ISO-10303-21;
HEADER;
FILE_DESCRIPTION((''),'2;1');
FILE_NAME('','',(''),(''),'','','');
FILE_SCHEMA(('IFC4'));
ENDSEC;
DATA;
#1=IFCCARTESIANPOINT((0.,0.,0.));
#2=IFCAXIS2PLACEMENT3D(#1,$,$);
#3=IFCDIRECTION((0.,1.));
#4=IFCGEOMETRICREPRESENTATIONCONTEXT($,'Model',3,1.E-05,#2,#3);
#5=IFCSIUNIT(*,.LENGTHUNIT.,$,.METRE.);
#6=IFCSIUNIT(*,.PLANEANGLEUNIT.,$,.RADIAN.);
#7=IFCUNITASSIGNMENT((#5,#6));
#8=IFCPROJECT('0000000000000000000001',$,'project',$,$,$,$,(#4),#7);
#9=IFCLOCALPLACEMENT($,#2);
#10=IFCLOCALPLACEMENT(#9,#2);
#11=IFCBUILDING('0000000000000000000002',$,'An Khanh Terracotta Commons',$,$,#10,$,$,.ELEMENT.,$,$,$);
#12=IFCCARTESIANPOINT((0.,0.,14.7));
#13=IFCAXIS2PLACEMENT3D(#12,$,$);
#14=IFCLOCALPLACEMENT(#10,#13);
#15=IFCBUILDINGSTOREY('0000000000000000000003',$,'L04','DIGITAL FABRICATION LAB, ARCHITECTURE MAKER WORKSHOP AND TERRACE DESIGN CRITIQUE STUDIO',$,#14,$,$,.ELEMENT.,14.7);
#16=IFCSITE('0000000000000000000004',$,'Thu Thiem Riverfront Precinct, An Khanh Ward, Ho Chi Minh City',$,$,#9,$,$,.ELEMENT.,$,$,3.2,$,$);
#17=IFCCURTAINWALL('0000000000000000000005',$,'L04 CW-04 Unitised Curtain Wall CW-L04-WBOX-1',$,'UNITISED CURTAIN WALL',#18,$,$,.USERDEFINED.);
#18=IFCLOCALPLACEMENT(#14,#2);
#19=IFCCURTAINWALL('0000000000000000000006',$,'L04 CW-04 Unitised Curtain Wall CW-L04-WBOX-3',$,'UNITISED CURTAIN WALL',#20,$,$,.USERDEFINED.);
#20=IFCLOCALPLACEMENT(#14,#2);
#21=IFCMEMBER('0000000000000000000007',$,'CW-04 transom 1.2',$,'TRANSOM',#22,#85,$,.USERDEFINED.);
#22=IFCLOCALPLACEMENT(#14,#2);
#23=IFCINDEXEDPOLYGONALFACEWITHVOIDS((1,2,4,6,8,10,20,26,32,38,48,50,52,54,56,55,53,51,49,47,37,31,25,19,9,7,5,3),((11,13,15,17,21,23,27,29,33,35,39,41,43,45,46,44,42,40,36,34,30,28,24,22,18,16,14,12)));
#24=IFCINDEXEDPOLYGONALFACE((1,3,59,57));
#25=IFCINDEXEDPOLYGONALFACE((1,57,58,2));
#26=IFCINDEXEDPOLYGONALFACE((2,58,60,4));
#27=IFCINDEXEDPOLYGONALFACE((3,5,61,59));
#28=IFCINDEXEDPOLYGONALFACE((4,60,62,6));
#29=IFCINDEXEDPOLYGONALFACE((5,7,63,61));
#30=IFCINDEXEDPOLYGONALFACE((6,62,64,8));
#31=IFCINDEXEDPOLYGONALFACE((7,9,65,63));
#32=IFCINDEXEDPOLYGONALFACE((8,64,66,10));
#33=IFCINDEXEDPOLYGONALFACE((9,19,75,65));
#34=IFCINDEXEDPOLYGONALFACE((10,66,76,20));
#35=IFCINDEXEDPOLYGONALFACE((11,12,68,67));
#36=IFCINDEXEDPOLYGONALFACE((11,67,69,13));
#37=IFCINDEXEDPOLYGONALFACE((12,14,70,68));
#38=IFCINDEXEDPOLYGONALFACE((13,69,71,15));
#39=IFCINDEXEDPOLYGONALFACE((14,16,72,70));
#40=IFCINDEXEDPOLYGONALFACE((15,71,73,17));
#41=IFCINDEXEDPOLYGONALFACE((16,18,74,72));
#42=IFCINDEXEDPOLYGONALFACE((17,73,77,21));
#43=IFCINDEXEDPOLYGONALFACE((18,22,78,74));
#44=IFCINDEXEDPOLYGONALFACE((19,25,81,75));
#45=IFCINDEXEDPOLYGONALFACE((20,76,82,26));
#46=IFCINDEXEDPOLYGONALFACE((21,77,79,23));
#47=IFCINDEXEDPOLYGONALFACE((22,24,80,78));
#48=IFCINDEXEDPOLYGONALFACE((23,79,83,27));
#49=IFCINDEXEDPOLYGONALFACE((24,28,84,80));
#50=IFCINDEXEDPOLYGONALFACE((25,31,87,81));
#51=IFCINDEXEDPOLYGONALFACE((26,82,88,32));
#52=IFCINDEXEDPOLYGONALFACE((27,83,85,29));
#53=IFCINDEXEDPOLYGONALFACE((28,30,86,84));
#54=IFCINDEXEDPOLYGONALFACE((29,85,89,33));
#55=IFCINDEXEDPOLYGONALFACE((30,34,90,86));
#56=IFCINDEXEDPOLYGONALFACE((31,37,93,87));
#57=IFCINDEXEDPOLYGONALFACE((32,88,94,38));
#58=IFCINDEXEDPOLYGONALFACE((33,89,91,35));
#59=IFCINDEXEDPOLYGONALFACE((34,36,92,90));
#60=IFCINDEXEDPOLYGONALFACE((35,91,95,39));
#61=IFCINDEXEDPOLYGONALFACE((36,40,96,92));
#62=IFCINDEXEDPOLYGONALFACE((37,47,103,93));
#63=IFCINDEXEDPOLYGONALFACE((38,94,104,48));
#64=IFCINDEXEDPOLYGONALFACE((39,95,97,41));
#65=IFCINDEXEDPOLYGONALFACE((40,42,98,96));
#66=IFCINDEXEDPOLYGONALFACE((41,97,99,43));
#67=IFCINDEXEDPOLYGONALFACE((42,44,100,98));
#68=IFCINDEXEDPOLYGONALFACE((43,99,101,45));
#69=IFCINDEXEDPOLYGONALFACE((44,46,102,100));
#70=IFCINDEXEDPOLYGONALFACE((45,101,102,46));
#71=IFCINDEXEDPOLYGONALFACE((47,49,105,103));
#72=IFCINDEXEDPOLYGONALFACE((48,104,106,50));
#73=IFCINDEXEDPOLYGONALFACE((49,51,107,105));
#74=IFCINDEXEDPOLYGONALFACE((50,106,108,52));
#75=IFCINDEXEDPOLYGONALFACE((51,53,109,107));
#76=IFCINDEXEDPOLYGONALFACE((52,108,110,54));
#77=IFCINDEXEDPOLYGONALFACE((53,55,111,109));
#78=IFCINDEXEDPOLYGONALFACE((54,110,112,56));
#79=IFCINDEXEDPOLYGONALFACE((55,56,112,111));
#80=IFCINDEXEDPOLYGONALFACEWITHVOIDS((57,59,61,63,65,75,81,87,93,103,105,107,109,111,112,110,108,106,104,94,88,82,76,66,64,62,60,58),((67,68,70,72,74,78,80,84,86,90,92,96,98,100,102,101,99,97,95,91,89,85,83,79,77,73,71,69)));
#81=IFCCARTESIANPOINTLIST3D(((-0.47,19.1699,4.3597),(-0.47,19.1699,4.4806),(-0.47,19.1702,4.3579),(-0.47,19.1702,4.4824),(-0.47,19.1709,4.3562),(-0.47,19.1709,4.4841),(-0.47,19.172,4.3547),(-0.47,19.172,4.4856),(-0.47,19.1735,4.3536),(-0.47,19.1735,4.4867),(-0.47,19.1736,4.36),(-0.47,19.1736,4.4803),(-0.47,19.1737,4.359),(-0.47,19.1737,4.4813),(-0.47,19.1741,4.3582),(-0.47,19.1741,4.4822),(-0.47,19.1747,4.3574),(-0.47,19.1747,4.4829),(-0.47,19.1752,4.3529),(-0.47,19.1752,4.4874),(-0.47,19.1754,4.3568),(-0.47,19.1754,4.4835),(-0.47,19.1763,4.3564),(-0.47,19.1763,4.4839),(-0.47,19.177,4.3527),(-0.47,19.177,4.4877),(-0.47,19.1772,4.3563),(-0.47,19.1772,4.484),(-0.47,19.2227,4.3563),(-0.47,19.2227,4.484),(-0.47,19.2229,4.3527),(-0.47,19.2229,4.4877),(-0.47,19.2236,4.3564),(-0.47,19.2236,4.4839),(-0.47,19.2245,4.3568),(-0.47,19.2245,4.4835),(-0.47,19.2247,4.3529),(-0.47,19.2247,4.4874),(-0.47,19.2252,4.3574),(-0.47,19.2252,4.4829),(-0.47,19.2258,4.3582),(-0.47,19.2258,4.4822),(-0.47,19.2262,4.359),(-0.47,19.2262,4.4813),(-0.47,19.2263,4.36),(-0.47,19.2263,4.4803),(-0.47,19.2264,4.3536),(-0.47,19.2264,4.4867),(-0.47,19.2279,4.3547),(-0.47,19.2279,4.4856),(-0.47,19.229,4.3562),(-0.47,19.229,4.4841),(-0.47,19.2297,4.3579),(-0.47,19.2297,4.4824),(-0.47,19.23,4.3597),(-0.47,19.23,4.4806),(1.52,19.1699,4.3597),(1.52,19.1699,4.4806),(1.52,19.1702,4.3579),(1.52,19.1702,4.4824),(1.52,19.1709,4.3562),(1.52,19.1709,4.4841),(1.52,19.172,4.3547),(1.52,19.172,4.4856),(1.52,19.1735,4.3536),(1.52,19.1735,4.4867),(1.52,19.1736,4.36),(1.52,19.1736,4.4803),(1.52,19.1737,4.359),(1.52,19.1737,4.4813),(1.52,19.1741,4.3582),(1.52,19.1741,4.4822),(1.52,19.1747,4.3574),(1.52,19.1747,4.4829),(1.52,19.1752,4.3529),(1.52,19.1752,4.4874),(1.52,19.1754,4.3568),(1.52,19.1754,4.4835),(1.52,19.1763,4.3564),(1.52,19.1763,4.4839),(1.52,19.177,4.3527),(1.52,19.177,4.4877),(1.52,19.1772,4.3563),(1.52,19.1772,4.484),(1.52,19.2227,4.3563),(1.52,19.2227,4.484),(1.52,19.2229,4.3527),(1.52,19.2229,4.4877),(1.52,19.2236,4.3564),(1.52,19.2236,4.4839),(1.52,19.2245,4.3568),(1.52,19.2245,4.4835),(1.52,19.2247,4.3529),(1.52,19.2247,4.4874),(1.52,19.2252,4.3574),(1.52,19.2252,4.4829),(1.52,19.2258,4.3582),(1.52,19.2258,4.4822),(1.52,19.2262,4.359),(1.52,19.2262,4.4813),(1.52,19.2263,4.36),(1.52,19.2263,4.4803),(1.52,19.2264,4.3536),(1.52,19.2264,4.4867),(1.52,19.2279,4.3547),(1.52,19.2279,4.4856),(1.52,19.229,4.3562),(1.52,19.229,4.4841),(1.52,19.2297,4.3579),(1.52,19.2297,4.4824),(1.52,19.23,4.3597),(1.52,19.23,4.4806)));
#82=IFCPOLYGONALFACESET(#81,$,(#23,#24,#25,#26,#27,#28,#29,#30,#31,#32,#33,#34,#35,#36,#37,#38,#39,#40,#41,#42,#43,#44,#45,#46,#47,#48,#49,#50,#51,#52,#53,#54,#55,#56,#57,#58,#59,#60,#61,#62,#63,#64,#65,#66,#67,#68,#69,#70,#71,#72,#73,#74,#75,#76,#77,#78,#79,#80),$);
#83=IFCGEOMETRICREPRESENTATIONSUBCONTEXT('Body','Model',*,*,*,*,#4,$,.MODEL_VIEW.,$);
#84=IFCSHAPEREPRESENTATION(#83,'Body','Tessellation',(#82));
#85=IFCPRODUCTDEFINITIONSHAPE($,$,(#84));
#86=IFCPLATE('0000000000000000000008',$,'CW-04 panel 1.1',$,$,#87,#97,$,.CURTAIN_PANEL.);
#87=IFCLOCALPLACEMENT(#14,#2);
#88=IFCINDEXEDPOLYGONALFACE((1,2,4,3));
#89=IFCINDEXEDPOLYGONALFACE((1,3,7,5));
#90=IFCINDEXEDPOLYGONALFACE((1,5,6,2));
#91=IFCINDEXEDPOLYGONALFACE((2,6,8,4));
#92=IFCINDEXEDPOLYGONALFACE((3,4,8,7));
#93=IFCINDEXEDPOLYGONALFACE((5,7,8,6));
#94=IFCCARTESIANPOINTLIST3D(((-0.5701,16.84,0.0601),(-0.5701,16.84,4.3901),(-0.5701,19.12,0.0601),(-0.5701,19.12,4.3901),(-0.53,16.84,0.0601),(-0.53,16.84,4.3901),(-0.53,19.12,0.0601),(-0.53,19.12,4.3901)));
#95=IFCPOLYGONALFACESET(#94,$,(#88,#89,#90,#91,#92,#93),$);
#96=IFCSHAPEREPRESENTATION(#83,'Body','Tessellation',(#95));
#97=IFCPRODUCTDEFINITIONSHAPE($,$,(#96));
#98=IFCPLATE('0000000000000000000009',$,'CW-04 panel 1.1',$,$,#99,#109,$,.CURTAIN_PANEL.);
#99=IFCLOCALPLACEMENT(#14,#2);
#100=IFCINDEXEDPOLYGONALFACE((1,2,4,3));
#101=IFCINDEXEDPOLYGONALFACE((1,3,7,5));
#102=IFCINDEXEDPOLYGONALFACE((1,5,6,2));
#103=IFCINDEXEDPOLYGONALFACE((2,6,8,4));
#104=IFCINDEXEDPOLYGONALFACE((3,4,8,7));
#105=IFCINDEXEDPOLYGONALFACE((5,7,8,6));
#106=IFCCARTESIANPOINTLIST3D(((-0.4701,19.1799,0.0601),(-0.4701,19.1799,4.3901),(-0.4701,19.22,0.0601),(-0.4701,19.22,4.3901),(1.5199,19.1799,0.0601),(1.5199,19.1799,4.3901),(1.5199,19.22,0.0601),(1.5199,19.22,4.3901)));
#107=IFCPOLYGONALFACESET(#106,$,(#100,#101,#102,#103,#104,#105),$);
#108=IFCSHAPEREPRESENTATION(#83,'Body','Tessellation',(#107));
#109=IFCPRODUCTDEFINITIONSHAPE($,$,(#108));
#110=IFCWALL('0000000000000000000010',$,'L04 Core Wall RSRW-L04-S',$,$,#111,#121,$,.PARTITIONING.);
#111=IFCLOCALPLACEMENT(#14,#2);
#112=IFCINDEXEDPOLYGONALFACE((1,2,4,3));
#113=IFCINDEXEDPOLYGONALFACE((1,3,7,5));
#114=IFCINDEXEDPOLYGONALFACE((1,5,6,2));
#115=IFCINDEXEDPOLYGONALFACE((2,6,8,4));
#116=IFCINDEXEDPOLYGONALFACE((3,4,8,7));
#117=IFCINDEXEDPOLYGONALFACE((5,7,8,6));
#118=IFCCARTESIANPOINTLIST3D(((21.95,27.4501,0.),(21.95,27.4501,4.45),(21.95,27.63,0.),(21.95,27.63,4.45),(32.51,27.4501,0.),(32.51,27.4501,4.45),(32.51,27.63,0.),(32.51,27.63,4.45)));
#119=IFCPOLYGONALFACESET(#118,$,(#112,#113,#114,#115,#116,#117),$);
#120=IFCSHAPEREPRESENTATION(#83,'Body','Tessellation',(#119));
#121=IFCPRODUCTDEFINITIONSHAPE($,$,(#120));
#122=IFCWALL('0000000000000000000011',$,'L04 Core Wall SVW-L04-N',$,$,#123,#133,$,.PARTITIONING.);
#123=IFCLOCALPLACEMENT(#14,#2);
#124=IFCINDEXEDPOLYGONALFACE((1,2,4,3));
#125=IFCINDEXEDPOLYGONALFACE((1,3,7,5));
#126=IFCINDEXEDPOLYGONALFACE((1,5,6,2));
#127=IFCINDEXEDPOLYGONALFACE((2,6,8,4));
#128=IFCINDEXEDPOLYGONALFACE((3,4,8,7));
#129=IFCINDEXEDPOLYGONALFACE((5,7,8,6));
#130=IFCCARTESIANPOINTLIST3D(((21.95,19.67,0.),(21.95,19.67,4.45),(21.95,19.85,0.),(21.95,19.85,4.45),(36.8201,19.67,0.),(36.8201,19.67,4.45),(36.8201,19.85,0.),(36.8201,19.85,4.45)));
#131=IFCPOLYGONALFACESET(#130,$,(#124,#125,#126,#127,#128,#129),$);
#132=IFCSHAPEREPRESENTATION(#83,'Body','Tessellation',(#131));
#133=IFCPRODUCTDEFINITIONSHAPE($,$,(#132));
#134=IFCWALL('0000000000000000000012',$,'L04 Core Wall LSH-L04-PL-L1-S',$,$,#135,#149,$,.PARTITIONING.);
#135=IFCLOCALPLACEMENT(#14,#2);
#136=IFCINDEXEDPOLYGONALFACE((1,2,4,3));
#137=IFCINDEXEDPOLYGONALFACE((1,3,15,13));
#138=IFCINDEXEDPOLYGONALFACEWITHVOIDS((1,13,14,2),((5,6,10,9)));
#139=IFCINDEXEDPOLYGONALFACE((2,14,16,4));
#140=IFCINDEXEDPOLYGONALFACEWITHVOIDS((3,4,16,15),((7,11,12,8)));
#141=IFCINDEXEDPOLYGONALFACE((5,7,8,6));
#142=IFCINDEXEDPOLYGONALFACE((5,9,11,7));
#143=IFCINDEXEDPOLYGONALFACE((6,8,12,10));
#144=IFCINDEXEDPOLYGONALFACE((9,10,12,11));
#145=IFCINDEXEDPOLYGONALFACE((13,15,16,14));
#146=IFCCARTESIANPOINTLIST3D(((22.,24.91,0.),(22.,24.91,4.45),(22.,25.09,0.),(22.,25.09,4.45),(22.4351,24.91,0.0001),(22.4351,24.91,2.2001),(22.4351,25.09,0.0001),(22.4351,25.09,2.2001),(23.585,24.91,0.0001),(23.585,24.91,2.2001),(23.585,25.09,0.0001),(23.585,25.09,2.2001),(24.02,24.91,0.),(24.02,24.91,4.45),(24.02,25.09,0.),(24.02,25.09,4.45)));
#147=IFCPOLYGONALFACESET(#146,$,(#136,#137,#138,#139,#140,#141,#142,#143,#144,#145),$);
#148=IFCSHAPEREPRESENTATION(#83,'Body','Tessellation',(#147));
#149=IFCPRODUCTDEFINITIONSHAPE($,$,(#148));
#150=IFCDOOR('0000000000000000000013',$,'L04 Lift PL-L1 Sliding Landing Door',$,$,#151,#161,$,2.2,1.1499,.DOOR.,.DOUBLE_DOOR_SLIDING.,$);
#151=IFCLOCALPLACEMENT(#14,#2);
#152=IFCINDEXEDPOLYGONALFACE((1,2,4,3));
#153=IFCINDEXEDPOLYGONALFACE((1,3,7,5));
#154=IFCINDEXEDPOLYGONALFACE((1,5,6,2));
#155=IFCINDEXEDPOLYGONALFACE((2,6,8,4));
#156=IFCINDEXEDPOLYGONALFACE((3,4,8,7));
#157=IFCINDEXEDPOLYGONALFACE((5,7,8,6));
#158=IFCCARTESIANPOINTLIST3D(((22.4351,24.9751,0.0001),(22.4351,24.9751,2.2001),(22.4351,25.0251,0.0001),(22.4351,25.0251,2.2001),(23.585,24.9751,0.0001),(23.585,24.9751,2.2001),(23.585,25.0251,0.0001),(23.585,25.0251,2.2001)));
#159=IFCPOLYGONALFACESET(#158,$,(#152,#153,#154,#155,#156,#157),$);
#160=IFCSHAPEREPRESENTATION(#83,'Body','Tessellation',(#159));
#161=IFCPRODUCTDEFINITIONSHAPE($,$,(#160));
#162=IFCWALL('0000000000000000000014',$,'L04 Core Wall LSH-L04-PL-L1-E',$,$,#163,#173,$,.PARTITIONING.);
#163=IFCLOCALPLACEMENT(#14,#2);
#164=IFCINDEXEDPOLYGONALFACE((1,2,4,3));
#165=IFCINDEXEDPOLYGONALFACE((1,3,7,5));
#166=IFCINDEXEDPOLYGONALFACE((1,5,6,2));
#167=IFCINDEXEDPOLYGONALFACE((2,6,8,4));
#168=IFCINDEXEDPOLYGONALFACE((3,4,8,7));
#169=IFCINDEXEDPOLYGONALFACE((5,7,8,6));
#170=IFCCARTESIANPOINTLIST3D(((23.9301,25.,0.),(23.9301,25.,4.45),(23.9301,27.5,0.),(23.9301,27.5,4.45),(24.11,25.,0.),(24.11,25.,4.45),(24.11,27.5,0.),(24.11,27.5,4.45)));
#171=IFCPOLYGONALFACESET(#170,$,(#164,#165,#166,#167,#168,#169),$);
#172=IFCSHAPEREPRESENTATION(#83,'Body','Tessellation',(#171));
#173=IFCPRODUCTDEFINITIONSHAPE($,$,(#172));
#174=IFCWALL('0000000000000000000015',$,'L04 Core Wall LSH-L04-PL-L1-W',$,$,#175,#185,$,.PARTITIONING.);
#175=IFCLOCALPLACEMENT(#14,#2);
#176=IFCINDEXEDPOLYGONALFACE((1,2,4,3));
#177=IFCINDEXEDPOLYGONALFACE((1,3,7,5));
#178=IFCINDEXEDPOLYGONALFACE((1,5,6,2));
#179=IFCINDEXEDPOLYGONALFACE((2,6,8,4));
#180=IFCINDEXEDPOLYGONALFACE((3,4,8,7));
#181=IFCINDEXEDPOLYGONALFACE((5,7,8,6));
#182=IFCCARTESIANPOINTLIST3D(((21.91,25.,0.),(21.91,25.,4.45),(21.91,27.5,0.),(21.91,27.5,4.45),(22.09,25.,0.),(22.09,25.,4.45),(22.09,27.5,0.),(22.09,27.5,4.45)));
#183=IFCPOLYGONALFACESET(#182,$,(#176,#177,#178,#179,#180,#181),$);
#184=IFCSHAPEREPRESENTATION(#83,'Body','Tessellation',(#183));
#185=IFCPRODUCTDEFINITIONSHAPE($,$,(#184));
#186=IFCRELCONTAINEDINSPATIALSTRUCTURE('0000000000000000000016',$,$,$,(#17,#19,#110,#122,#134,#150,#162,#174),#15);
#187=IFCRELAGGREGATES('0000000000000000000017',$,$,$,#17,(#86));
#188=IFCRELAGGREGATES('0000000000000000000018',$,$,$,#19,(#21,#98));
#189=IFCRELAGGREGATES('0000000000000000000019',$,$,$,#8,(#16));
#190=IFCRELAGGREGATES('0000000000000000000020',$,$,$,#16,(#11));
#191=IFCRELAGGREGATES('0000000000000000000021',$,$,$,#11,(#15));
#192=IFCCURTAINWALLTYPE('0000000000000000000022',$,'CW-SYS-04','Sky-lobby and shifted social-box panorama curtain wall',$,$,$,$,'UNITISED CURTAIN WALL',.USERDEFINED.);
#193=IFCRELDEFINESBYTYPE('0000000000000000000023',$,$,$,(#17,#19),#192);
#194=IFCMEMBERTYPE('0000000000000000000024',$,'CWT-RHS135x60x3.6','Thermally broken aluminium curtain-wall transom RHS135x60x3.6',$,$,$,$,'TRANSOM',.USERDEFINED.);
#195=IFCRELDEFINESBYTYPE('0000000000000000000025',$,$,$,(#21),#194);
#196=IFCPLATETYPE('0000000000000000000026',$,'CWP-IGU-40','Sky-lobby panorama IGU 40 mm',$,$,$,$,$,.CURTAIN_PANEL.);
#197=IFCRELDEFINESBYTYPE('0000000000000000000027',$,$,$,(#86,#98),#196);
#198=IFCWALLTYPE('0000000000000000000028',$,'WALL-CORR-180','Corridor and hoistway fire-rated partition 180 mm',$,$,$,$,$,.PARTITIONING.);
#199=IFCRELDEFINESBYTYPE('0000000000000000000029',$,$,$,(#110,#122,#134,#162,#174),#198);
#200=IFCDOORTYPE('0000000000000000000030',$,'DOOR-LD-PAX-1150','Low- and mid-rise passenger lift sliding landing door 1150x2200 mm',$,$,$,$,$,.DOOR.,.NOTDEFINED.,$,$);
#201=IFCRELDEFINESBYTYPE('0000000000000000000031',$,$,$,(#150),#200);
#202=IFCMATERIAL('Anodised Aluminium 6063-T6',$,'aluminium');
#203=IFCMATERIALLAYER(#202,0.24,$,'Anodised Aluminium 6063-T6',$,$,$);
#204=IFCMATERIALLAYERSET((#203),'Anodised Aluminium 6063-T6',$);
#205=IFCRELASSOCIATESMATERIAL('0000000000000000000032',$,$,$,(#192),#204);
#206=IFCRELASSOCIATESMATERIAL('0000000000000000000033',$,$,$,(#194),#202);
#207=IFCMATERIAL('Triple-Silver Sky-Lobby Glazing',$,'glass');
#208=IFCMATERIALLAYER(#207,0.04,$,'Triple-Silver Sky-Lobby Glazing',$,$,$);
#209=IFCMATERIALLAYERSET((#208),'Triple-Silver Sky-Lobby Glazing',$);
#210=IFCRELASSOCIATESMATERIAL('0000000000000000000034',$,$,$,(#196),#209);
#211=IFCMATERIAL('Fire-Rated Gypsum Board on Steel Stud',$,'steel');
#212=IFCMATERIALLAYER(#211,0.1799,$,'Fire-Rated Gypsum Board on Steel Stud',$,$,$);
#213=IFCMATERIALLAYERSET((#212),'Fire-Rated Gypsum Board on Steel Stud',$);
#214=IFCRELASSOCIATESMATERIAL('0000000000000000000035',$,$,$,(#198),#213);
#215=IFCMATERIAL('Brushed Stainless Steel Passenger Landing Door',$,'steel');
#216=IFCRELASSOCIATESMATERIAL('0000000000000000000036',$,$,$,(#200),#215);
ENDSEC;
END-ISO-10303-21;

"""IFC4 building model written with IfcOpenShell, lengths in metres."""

from ifc_helpers import new_model, si_unit, direction, frame, frame_2d, origin, origin_2d, place, context, subcontext, project, spatial, rectangle, hollow_rectangle, extrude, material, layer, layer_set, material_profile, profile_set, type_object, element, fill, aggregate, save


model = new_model("IFC4")

# Units and contexts
model_context = context("Model", 3, precision=1e-05, world=origin(), true_north=direction((0.0, 1.0)))
body_context = subcontext(model_context, "Body", "Model", "MODEL_VIEW")
ifc_project = project(units=[si_unit("LENGTHUNIT", "METRE"), si_unit("PLANEANGLEUNIT", "RADIAN")], contexts=[model_context])

# Site, building, storey
site_placement = place(None, origin())
site = spatial("IfcSite", under=ifc_project, at=site_placement, Name="Thu Thiem Riverfront Precinct, An Khanh Ward, Ho Chi Minh City", CompositionType="ELEMENT", RefElevation=3.2)
building_placement = place(site_placement, origin())
building = spatial("IfcBuilding", under=site, at=building_placement, Name="An Khanh Terracotta Commons", CompositionType="ELEMENT")
storey_placement = place(building_placement, frame((0.0, 0.0, 14.7)))
storey = spatial("IfcBuildingStorey", under=building, at=storey_placement, Name="L04", Description="DIGITAL FABRICATION LAB, ARCHITECTURE MAKER WORKSHOP AND TERRACE DESIGN CRITIQUE STUDIO", CompositionType="ELEMENT", Elevation=14.7)

# Curtain walls
ifc_material_1 = material(Name="Anodised Aluminium 6063-T6", Category="aluminium")
ifc_layer_1 = layer(ifc_material_1, 0.24, Name="Anodised Aluminium 6063-T6")
ifc_layer_set_1 = layer_set([ifc_layer_1], Name="Anodised Aluminium 6063-T6")
curtain_wall_type = type_object("IfcCurtainWallType", Name="CW-SYS-04", Description="Sky-lobby and shifted social-box panorama curtain wall", ElementType="UNITISED CURTAIN WALL", PredefinedType="USERDEFINED", material=ifc_layer_set_1)
curtain_wall_1_placement = place(storey_placement, origin())
curtain_wall_1 = element("IfcCurtainWall", 1, at=curtain_wall_1_placement, inside=storey, type_object=curtain_wall_type, Name="L04 CW-04 Unitised Curtain Wall CW-L04-WBOX-1", ObjectType="UNITISED CURTAIN WALL", PredefinedType="USERDEFINED")
curtain_wall_2_placement = place(storey_placement, origin())
curtain_wall_2 = element("IfcCurtainWall", 2, at=curtain_wall_2_placement, inside=storey, type_object=curtain_wall_type, Name="L04 CW-04 Unitised Curtain Wall CW-L04-WBOX-3", ObjectType="UNITISED CURTAIN WALL", PredefinedType="USERDEFINED")

# Member
ifc_material_profile_1 = material_profile(ifc_material_1, hollow_rectangle(XDim=0.0601, YDim=0.135, WallThickness=0.0037, InnerFilletRadius=0.0037, OuterFilletRadius=0.0071, at=origin_2d()), Name="RHS135x60x3.6")
ifc_profile_set_1 = profile_set([ifc_material_profile_1], Name="Anodised Aluminium 6063-T6")
member_type_1 = type_object("IfcMemberType", Name="CWT-RHS135x60x3.6", Description="Thermally broken aluminium curtain-wall transom RHS135x60x3.6", ElementType="TRANSOM", PredefinedType="USERDEFINED", material=ifc_profile_set_1)
member_1_placement = place(storey_placement, frame((-0.47, 19.2, 4.4202), z_axis=(1.0, 0.0, 0.0), x_axis=(0.0, 1.0, 0.0)))
member_1 = element("IfcMember", 3, at=member_1_placement, type_object=member_type_1, Name="CW-04 transom 1.2", ObjectType="TRANSOM", PredefinedType="USERDEFINED", context=body_context, shape_type="SweptSolid", body=[
    extrude(hollow_rectangle(XDim=0.0601, YDim=0.135, WallThickness=0.0037, InnerFilletRadius=0.0037, OuterFilletRadius=0.0071, at=origin_2d()), origin(), (0.0, 0.0, 1.0), 1.99),
])

# Plates
ifc_material_2 = material(Name="Triple-Silver Sky-Lobby Glazing", Category="glass")
ifc_layer_2 = layer(ifc_material_2, 0.04, Name="Triple-Silver Sky-Lobby Glazing")
ifc_layer_set_2 = layer_set([ifc_layer_2], Name="Triple-Silver Sky-Lobby Glazing")
plate_type = type_object("IfcPlateType", Name="CWP-IGU-40", Description="Sky-lobby panorama IGU 40 mm", PredefinedType="CURTAIN_PANEL", material=ifc_layer_set_2)
plate_1_placement = place(storey_placement, frame((-0.55, 17.98, 0.0601), z_axis=(0.0, 0.0, 1.0), x_axis=(0.0, -1.0, 0.0)))
plate_1 = element("IfcPlate", 4, at=plate_1_placement, type_object=plate_type, Name="CW-04 panel 1.1", PredefinedType="CURTAIN_PANEL", context=body_context, shape_type="SweptSolid", body=[
    extrude(rectangle(XDim=2.28, YDim=0.04, at=origin_2d()), origin(), (0.0, 0.0, 1.0), 4.3301),
])
aggregate(curtain_wall_1, [plate_1])
plate_2_placement = place(storey_placement, frame((0.5249, 19.2, 0.0601), z_axis=(0.0, 0.0, 1.0), x_axis=(1.0, 0.0, 0.0)))
plate_2 = element("IfcPlate", 5, at=plate_2_placement, type_object=plate_type, Name="CW-04 panel 1.1", PredefinedType="CURTAIN_PANEL", context=body_context, shape_type="SweptSolid", body=[
    extrude(rectangle(XDim=1.99, YDim=0.04, at=origin_2d()), origin(), (0.0, 0.0, 1.0), 4.3301),
])
aggregate(curtain_wall_2, [member_1, plate_2])

# Walls
ifc_material_3 = material(Name="Fire-Rated Gypsum Board on Steel Stud", Category="steel")
ifc_layer_3 = layer(ifc_material_3, 0.1799, Name="Fire-Rated Gypsum Board on Steel Stud")
ifc_layer_set_3 = layer_set([ifc_layer_3], Name="Fire-Rated Gypsum Board on Steel Stud")
wall_type_1 = type_object("IfcWallType", Name="WALL-CORR-180", Description="Corridor and hoistway fire-rated partition 180 mm", PredefinedType="PARTITIONING", material=ifc_layer_set_3)
wall_1_placement = place(storey_placement, frame((21.95, 27.54, 0.0), z_axis=(0.0, 0.0, 1.0), x_axis=(1.0, 0.0, 0.0)))
element("IfcWall", 6, at=wall_1_placement, inside=storey, type_object=wall_type_1, Name="L04 Core Wall RSRW-L04-S", PredefinedType="PARTITIONING", context=body_context, shape_type="SweptSolid", body=[
    extrude(rectangle(XDim=10.5601, YDim=0.1799, at=frame_2d((5.28, 0.0))), origin(), (0.0, 0.0, 1.0), 4.45),
])
wall_2_placement = place(storey_placement, frame((21.95, 19.76, 0.0), z_axis=(0.0, 0.0, 1.0), x_axis=(1.0, 0.0, 0.0)))
element("IfcWall", 7, at=wall_2_placement, inside=storey, type_object=wall_type_1, Name="L04 Core Wall SVW-L04-N", PredefinedType="PARTITIONING", context=body_context, shape_type="SweptSolid", body=[
    extrude(rectangle(XDim=14.8701, YDim=0.1799, at=frame_2d((7.4351, 0.0))), origin(), (0.0, 0.0, 1.0), 4.45),
])

# Wall, opening, door
wall_3_placement = place(storey_placement, frame((24.02, 25.0, 0.0), z_axis=(0.0, 0.0, 1.0), x_axis=(-1.0, 0.0, 0.0)))
wall_3 = element("IfcWall", 8, at=wall_3_placement, inside=storey, type_object=wall_type_1, Name="L04 Core Wall LSH-L04-PL-L1-S", PredefinedType="PARTITIONING", context=body_context, shape_type="SweptSolid", body=[
    extrude(rectangle(XDim=2.02, YDim=0.1799, at=frame_2d((1.01, 0.0))), origin(), (0.0, 0.0, 1.0), 4.45),
])
opening_1_placement = place(wall_3_placement, frame((0.4351, 0.0, 0.0)))
opening_1 = element("IfcOpeningElement", 9, at=opening_1_placement, cuts=wall_3, PredefinedType="OPENING", context=body_context, shape_type="SweptSolid", body=[
    extrude(rectangle(XDim=1.1499, YDim=2.2, at=frame_2d((0.575, 1.1001))), frame((0.0, 0.0999, 0.0), z_axis=(0.0, -1.0, 0.0), x_axis=(1.0, 0.0, 0.0)), (0.0, 0.0, 1.0), 0.2),
])
ifc_material_4 = material(Name="Brushed Stainless Steel Passenger Landing Door", Category="steel")
door_type = type_object("IfcDoorType", Name="DOOR-LD-PAX-1150", Description="Low- and mid-rise passenger lift sliding landing door 1150x2200 mm", OperationType="NOTDEFINED", PredefinedType="DOOR", material=ifc_material_4)
door_1_placement = place(opening_1_placement, origin())
door_1 = element("IfcDoor", 10, at=door_1_placement, inside=storey, type_object=door_type, Name="L04 Lift PL-L1 Sliding Landing Door", OperationType="DOUBLE_DOOR_SLIDING", OverallHeight=2.2, OverallWidth=1.1499, PredefinedType="DOOR", context=body_context, shape_type="SweptSolid", body=[
    extrude(rectangle(XDim=1.1499, YDim=2.2, at=frame_2d((0.575, 1.1001))), frame((0.0, 0.0249, 0.0), z_axis=(0.0, -1.0, 0.0), x_axis=(1.0, 0.0, 0.0)), (0.0, 0.0, 1.0), 0.05),
])
fill(opening_1, door_1)

# Walls
for number, where, z_axis, x_axis, name in (
    (11, (24.02, 25.0, 0.0), (0.0, 0.0, 1.0), (0.0, 1.0, 0.0), "L04 Core Wall LSH-L04-PL-L1-E"),
    (12, (22.0, 27.5, 0.0), (0.0, 0.0, 1.0), (0.0, -1.0, 0.0), "L04 Core Wall LSH-L04-PL-L1-W"),
):
    element("IfcWall", number, at=place(storey_placement, frame(where, z_axis=z_axis, x_axis=x_axis)), inside=storey, type_object=wall_type_1, Name=name, PredefinedType="PARTITIONING", context=body_context, shape_type="SweptSolid", body=[
        extrude(rectangle(XDim=2.5, YDim=0.1799, at=frame_2d((1.25, 0.0))), origin(), (0.0, 0.0, 1.0), 4.45),
    ])

save(model, "model.ifc")
